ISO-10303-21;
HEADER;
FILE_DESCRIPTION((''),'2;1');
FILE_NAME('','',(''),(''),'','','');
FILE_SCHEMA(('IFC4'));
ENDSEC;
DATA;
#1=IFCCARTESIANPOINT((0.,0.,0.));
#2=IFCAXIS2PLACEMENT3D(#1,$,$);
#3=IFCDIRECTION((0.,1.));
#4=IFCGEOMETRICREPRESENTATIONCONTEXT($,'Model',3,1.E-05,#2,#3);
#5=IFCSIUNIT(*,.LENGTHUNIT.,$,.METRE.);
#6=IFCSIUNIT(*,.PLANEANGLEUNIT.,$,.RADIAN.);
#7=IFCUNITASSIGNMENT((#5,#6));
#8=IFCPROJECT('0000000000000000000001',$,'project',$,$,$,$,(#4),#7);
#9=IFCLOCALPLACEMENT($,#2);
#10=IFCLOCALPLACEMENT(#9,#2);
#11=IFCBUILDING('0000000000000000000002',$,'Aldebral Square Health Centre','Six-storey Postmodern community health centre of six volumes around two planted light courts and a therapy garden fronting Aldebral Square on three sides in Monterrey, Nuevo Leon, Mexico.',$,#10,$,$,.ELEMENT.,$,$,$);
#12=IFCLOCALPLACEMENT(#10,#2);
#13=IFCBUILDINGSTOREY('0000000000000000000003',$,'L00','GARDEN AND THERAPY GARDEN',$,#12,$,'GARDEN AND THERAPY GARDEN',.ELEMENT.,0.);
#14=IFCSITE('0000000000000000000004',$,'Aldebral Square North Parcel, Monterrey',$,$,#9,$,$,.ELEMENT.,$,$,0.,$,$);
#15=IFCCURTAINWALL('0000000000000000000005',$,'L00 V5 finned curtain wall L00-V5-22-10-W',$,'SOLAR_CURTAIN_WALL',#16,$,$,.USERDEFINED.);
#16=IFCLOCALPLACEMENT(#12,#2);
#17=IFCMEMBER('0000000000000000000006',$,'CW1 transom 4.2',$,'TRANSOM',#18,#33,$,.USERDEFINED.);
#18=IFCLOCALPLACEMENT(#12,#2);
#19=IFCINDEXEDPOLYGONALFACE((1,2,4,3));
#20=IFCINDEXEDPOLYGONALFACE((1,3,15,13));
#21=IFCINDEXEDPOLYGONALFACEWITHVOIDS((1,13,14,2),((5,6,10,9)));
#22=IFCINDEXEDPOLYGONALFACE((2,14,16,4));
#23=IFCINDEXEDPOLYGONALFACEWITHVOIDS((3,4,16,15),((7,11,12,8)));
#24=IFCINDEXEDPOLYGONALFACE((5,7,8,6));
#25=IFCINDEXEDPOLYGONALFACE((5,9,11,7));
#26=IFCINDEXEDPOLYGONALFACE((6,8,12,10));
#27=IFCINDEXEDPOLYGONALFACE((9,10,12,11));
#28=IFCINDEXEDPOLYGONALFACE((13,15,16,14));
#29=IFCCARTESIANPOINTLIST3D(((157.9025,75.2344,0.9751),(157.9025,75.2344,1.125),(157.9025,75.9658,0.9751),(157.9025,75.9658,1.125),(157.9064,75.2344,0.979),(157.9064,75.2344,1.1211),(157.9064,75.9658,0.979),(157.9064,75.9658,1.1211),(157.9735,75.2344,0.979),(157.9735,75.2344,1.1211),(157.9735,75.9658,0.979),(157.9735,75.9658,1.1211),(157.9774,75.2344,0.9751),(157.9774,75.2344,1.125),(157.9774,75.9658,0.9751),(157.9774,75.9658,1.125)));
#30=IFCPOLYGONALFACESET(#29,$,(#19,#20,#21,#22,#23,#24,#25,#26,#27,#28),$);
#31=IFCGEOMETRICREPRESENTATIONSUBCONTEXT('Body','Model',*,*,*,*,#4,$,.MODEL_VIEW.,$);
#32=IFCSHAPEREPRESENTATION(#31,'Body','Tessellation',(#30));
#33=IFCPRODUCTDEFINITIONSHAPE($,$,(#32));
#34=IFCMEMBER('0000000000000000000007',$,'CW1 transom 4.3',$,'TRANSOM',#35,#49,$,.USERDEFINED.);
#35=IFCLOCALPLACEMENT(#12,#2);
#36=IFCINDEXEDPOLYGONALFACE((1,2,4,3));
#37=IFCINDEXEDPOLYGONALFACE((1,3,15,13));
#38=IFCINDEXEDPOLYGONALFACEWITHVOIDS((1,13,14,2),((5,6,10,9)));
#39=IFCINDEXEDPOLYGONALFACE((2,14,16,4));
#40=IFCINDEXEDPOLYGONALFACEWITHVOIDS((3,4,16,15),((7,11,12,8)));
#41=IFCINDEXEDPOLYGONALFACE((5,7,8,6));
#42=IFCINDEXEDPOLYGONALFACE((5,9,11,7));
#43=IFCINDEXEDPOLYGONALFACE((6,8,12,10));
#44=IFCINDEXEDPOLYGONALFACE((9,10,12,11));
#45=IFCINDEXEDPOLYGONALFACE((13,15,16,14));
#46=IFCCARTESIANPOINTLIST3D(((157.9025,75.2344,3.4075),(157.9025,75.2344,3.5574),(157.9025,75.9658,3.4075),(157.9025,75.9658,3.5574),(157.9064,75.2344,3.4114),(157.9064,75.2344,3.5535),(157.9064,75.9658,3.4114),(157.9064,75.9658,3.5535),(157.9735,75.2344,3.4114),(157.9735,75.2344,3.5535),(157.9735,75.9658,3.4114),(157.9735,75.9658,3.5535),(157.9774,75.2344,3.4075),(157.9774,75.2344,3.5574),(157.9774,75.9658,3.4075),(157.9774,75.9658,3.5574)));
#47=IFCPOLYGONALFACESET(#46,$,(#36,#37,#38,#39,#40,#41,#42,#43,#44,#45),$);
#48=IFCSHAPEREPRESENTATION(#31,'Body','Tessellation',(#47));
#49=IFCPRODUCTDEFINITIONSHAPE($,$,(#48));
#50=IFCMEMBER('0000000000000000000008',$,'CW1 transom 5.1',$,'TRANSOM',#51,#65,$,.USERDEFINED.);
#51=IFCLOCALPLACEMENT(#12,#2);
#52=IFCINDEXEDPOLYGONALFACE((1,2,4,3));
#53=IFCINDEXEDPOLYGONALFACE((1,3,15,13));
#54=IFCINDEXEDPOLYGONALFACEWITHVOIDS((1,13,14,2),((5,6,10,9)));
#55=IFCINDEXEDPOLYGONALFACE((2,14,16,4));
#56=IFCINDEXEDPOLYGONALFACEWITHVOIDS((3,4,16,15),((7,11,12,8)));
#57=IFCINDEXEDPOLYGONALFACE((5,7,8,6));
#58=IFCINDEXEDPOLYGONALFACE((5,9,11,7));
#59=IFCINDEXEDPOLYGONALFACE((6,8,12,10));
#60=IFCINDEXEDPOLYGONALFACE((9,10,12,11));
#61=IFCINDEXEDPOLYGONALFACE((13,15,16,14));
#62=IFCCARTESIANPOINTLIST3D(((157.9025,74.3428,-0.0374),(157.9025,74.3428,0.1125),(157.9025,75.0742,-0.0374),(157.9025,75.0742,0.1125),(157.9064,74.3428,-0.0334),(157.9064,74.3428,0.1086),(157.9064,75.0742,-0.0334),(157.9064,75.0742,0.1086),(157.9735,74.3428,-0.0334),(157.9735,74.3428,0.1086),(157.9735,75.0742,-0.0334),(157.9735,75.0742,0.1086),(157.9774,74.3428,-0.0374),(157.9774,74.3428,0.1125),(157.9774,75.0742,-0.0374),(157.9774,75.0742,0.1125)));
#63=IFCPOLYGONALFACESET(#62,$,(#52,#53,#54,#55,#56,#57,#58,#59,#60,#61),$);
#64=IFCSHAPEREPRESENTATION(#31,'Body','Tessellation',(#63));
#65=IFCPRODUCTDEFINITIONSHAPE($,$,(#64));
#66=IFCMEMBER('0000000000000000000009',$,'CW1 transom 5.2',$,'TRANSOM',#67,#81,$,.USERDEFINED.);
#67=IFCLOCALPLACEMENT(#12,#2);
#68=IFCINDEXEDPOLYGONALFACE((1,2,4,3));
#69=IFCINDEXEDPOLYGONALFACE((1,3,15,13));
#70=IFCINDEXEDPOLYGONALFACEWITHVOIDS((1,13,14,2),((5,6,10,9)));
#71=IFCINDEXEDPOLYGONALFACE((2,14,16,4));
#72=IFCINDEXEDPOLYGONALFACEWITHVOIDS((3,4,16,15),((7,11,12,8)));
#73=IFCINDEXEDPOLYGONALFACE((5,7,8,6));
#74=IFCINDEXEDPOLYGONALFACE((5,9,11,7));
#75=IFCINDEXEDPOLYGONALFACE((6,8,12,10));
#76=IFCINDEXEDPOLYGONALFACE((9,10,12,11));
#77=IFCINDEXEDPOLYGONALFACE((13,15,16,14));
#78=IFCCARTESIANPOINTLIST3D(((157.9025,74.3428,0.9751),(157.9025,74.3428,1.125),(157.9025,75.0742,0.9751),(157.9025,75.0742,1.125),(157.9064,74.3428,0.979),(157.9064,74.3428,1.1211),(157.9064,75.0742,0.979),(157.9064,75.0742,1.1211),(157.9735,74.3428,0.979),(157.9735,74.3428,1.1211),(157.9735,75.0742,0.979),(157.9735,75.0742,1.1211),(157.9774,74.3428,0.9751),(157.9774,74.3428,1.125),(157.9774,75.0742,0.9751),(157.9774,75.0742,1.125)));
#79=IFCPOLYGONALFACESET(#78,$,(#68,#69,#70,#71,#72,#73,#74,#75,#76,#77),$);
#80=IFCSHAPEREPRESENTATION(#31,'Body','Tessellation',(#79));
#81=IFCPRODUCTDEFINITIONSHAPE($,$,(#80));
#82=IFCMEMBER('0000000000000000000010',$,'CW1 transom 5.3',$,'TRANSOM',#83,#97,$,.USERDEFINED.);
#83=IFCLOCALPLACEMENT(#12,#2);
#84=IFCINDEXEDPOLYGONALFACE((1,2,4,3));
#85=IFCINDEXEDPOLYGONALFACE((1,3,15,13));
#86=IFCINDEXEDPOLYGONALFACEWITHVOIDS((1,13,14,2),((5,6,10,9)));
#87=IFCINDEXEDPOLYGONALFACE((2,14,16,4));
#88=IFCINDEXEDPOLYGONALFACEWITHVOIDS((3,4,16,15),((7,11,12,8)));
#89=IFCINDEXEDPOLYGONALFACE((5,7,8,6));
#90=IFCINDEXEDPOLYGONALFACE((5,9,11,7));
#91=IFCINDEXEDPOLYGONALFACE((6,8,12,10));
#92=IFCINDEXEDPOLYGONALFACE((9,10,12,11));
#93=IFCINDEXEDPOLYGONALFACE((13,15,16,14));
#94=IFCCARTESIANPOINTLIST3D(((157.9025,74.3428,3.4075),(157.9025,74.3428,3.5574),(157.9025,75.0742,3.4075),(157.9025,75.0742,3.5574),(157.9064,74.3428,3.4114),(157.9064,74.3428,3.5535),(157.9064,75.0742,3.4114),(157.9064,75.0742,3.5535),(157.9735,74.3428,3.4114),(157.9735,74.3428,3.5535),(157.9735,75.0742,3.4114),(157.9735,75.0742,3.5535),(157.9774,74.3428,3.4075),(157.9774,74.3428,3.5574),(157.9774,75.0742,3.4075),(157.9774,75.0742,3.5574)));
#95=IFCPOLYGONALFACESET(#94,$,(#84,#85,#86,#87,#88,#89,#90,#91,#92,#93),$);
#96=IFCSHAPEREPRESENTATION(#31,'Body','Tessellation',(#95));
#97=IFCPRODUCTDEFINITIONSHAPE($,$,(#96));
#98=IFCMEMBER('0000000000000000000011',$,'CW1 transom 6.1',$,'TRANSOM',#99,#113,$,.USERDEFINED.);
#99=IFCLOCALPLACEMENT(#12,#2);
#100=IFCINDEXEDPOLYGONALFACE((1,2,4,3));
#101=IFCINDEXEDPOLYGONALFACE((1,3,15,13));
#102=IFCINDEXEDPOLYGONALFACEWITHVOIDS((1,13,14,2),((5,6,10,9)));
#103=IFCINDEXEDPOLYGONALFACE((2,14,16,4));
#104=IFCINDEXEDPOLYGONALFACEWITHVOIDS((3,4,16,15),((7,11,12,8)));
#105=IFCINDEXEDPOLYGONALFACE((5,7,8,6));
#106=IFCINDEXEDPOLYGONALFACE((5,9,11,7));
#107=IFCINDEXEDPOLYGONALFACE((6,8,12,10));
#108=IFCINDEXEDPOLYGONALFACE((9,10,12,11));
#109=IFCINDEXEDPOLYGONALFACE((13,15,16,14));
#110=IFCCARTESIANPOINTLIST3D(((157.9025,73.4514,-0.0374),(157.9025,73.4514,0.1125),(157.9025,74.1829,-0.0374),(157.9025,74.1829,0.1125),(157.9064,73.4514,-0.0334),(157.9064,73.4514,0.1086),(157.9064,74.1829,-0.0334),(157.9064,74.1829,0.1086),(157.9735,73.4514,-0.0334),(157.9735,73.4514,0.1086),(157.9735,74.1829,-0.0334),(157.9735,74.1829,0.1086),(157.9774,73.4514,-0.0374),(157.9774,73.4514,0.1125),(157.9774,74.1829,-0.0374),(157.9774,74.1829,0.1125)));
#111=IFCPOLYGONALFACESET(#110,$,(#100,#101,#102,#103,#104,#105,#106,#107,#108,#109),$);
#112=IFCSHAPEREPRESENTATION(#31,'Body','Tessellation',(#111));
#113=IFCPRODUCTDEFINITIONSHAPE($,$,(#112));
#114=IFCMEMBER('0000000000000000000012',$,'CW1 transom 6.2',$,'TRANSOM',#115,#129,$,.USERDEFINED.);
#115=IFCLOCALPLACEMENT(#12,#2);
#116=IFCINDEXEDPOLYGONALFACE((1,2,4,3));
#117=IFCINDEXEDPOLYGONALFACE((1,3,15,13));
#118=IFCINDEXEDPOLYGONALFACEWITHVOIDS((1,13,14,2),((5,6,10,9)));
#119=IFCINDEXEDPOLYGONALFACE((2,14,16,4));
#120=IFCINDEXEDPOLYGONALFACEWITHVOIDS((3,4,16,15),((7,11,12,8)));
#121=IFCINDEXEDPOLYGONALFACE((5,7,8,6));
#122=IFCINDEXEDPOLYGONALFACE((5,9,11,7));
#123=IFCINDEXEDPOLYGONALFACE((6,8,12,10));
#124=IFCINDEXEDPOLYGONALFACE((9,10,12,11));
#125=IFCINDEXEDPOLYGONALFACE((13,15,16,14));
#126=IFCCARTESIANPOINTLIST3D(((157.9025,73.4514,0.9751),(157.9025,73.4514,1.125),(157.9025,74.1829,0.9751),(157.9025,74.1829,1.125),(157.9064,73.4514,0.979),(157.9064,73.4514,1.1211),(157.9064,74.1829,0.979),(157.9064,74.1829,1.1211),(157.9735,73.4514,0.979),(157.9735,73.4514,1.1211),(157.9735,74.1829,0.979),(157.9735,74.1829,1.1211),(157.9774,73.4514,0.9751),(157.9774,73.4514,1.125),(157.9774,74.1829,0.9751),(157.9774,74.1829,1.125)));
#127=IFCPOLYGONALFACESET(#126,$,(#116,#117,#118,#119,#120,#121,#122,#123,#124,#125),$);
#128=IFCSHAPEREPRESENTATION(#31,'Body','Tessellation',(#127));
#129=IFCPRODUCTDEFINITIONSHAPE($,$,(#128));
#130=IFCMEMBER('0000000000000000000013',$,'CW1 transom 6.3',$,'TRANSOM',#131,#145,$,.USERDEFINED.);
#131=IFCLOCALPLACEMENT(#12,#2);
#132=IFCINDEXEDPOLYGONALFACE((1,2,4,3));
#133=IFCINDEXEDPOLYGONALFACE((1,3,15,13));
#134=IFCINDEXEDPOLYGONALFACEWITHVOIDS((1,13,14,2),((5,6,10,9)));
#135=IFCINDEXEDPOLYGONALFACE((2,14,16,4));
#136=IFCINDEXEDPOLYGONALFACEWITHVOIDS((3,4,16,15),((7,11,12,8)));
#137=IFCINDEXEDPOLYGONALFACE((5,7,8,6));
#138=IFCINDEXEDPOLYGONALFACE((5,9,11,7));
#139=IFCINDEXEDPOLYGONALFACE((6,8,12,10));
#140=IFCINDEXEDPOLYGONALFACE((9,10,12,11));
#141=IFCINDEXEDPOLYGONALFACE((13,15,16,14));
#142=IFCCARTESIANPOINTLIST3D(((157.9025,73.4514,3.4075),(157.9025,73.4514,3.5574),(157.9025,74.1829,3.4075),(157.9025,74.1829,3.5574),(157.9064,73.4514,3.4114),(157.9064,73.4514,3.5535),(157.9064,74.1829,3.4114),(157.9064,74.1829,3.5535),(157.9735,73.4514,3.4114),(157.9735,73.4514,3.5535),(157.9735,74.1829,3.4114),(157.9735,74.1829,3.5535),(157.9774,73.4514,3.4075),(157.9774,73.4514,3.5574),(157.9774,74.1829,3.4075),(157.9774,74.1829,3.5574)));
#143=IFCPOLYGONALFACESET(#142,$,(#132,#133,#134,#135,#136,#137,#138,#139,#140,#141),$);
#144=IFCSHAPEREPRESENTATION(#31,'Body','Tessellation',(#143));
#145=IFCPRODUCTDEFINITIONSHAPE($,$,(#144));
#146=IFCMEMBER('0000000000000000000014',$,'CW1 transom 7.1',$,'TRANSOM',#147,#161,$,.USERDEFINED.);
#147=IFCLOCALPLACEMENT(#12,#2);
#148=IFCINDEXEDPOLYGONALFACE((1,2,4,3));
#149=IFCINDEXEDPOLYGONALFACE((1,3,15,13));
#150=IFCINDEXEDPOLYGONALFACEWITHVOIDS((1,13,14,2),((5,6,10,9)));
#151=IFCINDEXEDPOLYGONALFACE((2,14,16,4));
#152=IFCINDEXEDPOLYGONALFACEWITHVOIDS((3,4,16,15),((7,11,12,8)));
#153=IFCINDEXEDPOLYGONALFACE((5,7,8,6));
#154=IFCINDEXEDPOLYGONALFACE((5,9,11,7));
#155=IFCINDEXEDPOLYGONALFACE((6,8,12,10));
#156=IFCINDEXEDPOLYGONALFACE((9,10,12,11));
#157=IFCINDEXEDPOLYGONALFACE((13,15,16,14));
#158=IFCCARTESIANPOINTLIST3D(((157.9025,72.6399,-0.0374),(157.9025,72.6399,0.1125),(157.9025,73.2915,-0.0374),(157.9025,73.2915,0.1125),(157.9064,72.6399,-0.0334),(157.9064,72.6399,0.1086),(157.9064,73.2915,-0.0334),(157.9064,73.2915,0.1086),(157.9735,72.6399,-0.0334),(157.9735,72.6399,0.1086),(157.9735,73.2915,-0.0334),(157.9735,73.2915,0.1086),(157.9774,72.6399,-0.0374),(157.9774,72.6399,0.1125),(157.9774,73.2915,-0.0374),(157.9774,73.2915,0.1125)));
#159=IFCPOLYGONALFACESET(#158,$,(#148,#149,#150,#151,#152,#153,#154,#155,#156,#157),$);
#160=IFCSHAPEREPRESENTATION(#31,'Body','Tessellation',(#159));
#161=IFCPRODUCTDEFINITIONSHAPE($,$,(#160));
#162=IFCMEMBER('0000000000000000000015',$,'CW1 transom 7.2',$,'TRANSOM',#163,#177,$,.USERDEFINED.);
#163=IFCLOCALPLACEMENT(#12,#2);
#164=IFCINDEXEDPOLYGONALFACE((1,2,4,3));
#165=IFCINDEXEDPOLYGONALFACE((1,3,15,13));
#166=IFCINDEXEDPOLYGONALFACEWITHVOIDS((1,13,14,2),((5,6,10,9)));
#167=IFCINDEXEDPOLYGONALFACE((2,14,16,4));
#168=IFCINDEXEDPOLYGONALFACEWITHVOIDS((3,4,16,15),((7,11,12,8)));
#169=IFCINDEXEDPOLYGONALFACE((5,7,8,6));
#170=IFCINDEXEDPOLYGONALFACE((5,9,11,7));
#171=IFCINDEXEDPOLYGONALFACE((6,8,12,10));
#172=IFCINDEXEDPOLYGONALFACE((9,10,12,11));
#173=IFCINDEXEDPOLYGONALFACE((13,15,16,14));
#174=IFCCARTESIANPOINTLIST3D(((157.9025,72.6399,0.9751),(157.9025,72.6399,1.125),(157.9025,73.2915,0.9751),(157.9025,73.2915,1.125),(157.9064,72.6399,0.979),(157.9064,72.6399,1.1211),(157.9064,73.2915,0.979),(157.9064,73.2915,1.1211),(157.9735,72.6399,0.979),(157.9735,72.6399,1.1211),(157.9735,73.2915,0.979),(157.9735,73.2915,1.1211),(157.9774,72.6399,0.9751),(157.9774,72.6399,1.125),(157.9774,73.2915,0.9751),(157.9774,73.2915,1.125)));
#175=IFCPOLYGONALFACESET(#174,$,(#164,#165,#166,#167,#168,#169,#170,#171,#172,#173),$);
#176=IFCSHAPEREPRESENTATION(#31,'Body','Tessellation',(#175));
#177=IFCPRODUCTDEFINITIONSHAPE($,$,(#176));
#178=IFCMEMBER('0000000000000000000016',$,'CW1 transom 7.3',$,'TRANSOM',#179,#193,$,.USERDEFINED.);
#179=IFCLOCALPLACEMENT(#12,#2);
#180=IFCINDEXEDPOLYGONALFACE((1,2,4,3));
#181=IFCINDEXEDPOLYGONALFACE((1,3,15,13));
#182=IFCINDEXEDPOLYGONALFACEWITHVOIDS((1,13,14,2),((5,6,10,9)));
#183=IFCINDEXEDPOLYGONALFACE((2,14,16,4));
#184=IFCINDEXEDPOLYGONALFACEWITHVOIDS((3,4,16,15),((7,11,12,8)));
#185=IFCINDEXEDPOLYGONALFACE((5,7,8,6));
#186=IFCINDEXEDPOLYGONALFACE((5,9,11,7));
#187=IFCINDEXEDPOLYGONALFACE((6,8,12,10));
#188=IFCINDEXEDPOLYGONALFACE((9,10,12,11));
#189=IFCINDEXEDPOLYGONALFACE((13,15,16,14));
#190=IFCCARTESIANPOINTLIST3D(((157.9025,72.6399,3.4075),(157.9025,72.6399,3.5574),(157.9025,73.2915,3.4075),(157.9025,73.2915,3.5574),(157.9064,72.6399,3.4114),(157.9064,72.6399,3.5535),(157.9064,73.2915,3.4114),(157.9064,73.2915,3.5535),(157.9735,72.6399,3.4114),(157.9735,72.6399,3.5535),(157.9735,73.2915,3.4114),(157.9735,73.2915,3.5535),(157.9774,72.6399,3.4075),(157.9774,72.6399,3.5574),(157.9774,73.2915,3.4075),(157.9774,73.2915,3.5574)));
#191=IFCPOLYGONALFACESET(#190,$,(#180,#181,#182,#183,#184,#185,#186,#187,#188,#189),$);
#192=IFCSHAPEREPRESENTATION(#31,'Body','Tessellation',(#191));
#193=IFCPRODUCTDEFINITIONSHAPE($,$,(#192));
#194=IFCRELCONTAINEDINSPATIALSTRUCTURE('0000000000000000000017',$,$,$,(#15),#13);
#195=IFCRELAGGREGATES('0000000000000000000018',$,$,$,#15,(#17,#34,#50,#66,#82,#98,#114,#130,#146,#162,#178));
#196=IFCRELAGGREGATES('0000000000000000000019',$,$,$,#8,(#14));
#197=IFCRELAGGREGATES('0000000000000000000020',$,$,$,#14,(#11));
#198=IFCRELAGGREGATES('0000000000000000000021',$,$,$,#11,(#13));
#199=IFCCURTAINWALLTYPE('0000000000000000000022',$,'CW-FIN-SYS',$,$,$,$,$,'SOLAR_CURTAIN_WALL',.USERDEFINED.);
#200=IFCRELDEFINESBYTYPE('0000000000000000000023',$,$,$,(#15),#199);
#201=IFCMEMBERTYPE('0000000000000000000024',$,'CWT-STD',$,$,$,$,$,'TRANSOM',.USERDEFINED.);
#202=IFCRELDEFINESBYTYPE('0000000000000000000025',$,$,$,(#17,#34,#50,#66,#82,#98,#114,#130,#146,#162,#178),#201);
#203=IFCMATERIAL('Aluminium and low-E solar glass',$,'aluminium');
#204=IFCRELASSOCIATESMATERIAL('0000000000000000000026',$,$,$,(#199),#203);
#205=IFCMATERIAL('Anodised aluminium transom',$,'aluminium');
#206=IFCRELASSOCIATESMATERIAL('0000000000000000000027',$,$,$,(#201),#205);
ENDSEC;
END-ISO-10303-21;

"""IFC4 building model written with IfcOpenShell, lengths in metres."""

from ifc_helpers import new_model, si_unit, direction, frame, origin, origin_2d, place, context, subcontext, project, spatial, hollow_rectangle, extrude, material, material_profile, profile_set, type_object, element, aggregate, save


model = new_model("IFC4")

# Units and contexts
model_context = context("Model", 3, precision=1e-05, world=origin(), true_north=direction((0.0, 1.0)))
body_context = subcontext(model_context, "Body", "Model", "MODEL_VIEW")
ifc_project = project(units=[si_unit("LENGTHUNIT", "METRE"), si_unit("PLANEANGLEUNIT", "RADIAN")], contexts=[model_context])

# Site, building, storey
site_placement = place(None, origin())
site = spatial("IfcSite", under=ifc_project, at=site_placement, Name="Aldebral Square North Parcel, Monterrey", CompositionType="ELEMENT", RefElevation=0.0)
building_placement = place(site_placement, origin())
building = spatial("IfcBuilding", under=site, at=building_placement, Name="Aldebral Square Health Centre", Description="Six-storey Postmodern community health centre of six volumes around two planted light courts and a therapy garden fronting Aldebral Square on three sides in Monterrey, Nuevo Leon, Mexico.", CompositionType="ELEMENT")
storey_placement = place(building_placement, origin())
storey = spatial("IfcBuildingStorey", under=building, at=storey_placement, Name="L00", Description="GARDEN AND THERAPY GARDEN", LongName="GARDEN AND THERAPY GARDEN", CompositionType="ELEMENT", Elevation=0.0)

# Curtain wall, members
ifc_material_1 = material(Name="Aluminium and low-E solar glass", Category="aluminium")
curtain_wall_type = type_object("IfcCurtainWallType", Name="CW-FIN-SYS", ElementType="SOLAR_CURTAIN_WALL", PredefinedType="USERDEFINED", material=ifc_material_1)
curtain_wall_placement = place(storey_placement, origin())
curtain_wall = element("IfcCurtainWall", 1, at=curtain_wall_placement, inside=storey, type_object=curtain_wall_type, Name="L00 V5 finned curtain wall L00-V5-22-10-W", ObjectType="SOLAR_CURTAIN_WALL", PredefinedType="USERDEFINED")
ifc_material_2 = material(Name="Anodised aluminium transom", Category="aluminium")
ifc_material_profile_1 = material_profile(ifc_material_2, hollow_rectangle(XDim=0.075, YDim=0.1499, WallThickness=0.0039, at=origin_2d()), Name="CWT 75x150x4")
ifc_profile_set_1 = profile_set([ifc_material_profile_1], Name="Anodised aluminium transom")
member_type_1 = type_object("IfcMemberType", Name="CWT-STD", ElementType="TRANSOM", PredefinedType="USERDEFINED", material=ifc_profile_set_1)
member_1_placement = place(storey_placement, frame((157.9399, 75.9658, 1.05), z_axis=(0.0, -1.0, 0.0), x_axis=(1.0, 0.0, 0.0)))
member_1 = element("IfcMember", 2, at=member_1_placement, type_object=member_type_1, Name="CW1 transom 4.2", ObjectType="TRANSOM", PredefinedType="USERDEFINED", context=body_context, shape_type="SweptSolid", body=[
    extrude(hollow_rectangle(XDim=0.075, YDim=0.1499, WallThickness=0.0039, at=origin_2d()), origin(), (0.0, 0.0, 1.0), 0.7314),
])
member_2_placement = place(storey_placement, frame((157.9399, 75.9658, 3.4824), z_axis=(0.0, -1.0, 0.0), x_axis=(1.0, 0.0, 0.0)))
member_2 = element("IfcMember", 3, at=member_2_placement, type_object=member_type_1, Name="CW1 transom 4.3", ObjectType="TRANSOM", PredefinedType="USERDEFINED", context=body_context, shape_type="SweptSolid", body=[
    extrude(hollow_rectangle(XDim=0.075, YDim=0.1499, WallThickness=0.0039, at=origin_2d()), origin(), (0.0, 0.0, 1.0), 0.7314),
])
member_3_placement = place(storey_placement, frame((157.9399, 75.0742, 0.0376), z_axis=(0.0, -1.0, 0.0), x_axis=(1.0, 0.0, 0.0)))
member_3 = element("IfcMember", 4, at=member_3_placement, type_object=member_type_1, Name="CW1 transom 5.1", ObjectType="TRANSOM", PredefinedType="USERDEFINED", context=body_context, shape_type="SweptSolid", body=[
    extrude(hollow_rectangle(XDim=0.075, YDim=0.1499, WallThickness=0.0039, at=origin_2d()), origin(), (0.0, 0.0, 1.0), 0.7314),
])
member_4_placement = place(storey_placement, frame((157.9399, 75.0742, 1.05), z_axis=(0.0, -1.0, 0.0), x_axis=(1.0, 0.0, 0.0)))
member_4 = element("IfcMember", 5, at=member_4_placement, type_object=member_type_1, Name="CW1 transom 5.2", ObjectType="TRANSOM", PredefinedType="USERDEFINED", context=body_context, shape_type="SweptSolid", body=[
    extrude(hollow_rectangle(XDim=0.075, YDim=0.1499, WallThickness=0.0039, at=origin_2d()), origin(), (0.0, 0.0, 1.0), 0.7314),
])
member_5_placement = place(storey_placement, frame((157.9399, 75.0742, 3.4824), z_axis=(0.0, -1.0, 0.0), x_axis=(1.0, 0.0, 0.0)))
member_5 = element("IfcMember", 6, at=member_5_placement, type_object=member_type_1, Name="CW1 transom 5.3", ObjectType="TRANSOM", PredefinedType="USERDEFINED", context=body_context, shape_type="SweptSolid", body=[
    extrude(hollow_rectangle(XDim=0.075, YDim=0.1499, WallThickness=0.0039, at=origin_2d()), origin(), (0.0, 0.0, 1.0), 0.7314),
])
member_6_placement = place(storey_placement, frame((157.9399, 74.1829, 0.0376), z_axis=(0.0, -1.0, 0.0), x_axis=(1.0, 0.0, 0.0)))
member_6 = element("IfcMember", 7, at=member_6_placement, type_object=member_type_1, Name="CW1 transom 6.1", ObjectType="TRANSOM", PredefinedType="USERDEFINED", context=body_context, shape_type="SweptSolid", body=[
    extrude(hollow_rectangle(XDim=0.075, YDim=0.1499, WallThickness=0.0039, at=origin_2d()), origin(), (0.0, 0.0, 1.0), 0.7314),
])
member_7_placement = place(storey_placement, frame((157.9399, 74.1829, 1.05), z_axis=(0.0, -1.0, 0.0), x_axis=(1.0, 0.0, 0.0)))
member_7 = element("IfcMember", 8, at=member_7_placement, type_object=member_type_1, Name="CW1 transom 6.2", ObjectType="TRANSOM", PredefinedType="USERDEFINED", context=body_context, shape_type="SweptSolid", body=[
    extrude(hollow_rectangle(XDim=0.075, YDim=0.1499, WallThickness=0.0039, at=origin_2d()), origin(), (0.0, 0.0, 1.0), 0.7314),
])
member_8_placement = place(storey_placement, frame((157.9399, 74.1829, 3.4824), z_axis=(0.0, -1.0, 0.0), x_axis=(1.0, 0.0, 0.0)))
member_8 = element("IfcMember", 9, at=member_8_placement, type_object=member_type_1, Name="CW1 transom 6.3", ObjectType="TRANSOM", PredefinedType="USERDEFINED", context=body_context, shape_type="SweptSolid", body=[
    extrude(hollow_rectangle(XDim=0.075, YDim=0.1499, WallThickness=0.0039, at=origin_2d()), origin(), (0.0, 0.0, 1.0), 0.7314),
])
member_9_placement = place(storey_placement, frame((157.9399, 73.2915, 0.0376), z_axis=(0.0, -1.0, 0.0), x_axis=(1.0, 0.0, 0.0)))
member_9 = element("IfcMember", 10, at=member_9_placement, type_object=member_type_1, Name="CW1 transom 7.1", ObjectType="TRANSOM", PredefinedType="USERDEFINED", context=body_context, shape_type="SweptSolid", body=[
    extrude(hollow_rectangle(XDim=0.075, YDim=0.1499, WallThickness=0.0039, at=origin_2d()), origin(), (0.0, 0.0, 1.0), 0.6516),
])
member_10_placement = place(storey_placement, frame((157.9399, 73.2915, 1.05), z_axis=(0.0, -1.0, 0.0), x_axis=(1.0, 0.0, 0.0)))
member_10 = element("IfcMember", 11, at=member_10_placement, type_object=member_type_1, Name="CW1 transom 7.2", ObjectType="TRANSOM", PredefinedType="USERDEFINED", context=body_context, shape_type="SweptSolid", body=[
    extrude(hollow_rectangle(XDim=0.075, YDim=0.1499, WallThickness=0.0039, at=origin_2d()), origin(), (0.0, 0.0, 1.0), 0.6516),
])
member_11_placement = place(storey_placement, frame((157.9399, 73.2915, 3.4824), z_axis=(0.0, -1.0, 0.0), x_axis=(1.0, 0.0, 0.0)))
member_11 = element("IfcMember", 12, at=member_11_placement, type_object=member_type_1, Name="CW1 transom 7.3", ObjectType="TRANSOM", PredefinedType="USERDEFINED", context=body_context, shape_type="SweptSolid", body=[
    extrude(hollow_rectangle(XDim=0.075, YDim=0.1499, WallThickness=0.0039, at=origin_2d()), origin(), (0.0, 0.0, 1.0), 0.6516),
])
aggregate(curtain_wall, [member_1, member_2, member_3, member_4, member_5, member_6, member_7, member_8, member_9, member_10, member_11])

save(model, "model.ifc")
